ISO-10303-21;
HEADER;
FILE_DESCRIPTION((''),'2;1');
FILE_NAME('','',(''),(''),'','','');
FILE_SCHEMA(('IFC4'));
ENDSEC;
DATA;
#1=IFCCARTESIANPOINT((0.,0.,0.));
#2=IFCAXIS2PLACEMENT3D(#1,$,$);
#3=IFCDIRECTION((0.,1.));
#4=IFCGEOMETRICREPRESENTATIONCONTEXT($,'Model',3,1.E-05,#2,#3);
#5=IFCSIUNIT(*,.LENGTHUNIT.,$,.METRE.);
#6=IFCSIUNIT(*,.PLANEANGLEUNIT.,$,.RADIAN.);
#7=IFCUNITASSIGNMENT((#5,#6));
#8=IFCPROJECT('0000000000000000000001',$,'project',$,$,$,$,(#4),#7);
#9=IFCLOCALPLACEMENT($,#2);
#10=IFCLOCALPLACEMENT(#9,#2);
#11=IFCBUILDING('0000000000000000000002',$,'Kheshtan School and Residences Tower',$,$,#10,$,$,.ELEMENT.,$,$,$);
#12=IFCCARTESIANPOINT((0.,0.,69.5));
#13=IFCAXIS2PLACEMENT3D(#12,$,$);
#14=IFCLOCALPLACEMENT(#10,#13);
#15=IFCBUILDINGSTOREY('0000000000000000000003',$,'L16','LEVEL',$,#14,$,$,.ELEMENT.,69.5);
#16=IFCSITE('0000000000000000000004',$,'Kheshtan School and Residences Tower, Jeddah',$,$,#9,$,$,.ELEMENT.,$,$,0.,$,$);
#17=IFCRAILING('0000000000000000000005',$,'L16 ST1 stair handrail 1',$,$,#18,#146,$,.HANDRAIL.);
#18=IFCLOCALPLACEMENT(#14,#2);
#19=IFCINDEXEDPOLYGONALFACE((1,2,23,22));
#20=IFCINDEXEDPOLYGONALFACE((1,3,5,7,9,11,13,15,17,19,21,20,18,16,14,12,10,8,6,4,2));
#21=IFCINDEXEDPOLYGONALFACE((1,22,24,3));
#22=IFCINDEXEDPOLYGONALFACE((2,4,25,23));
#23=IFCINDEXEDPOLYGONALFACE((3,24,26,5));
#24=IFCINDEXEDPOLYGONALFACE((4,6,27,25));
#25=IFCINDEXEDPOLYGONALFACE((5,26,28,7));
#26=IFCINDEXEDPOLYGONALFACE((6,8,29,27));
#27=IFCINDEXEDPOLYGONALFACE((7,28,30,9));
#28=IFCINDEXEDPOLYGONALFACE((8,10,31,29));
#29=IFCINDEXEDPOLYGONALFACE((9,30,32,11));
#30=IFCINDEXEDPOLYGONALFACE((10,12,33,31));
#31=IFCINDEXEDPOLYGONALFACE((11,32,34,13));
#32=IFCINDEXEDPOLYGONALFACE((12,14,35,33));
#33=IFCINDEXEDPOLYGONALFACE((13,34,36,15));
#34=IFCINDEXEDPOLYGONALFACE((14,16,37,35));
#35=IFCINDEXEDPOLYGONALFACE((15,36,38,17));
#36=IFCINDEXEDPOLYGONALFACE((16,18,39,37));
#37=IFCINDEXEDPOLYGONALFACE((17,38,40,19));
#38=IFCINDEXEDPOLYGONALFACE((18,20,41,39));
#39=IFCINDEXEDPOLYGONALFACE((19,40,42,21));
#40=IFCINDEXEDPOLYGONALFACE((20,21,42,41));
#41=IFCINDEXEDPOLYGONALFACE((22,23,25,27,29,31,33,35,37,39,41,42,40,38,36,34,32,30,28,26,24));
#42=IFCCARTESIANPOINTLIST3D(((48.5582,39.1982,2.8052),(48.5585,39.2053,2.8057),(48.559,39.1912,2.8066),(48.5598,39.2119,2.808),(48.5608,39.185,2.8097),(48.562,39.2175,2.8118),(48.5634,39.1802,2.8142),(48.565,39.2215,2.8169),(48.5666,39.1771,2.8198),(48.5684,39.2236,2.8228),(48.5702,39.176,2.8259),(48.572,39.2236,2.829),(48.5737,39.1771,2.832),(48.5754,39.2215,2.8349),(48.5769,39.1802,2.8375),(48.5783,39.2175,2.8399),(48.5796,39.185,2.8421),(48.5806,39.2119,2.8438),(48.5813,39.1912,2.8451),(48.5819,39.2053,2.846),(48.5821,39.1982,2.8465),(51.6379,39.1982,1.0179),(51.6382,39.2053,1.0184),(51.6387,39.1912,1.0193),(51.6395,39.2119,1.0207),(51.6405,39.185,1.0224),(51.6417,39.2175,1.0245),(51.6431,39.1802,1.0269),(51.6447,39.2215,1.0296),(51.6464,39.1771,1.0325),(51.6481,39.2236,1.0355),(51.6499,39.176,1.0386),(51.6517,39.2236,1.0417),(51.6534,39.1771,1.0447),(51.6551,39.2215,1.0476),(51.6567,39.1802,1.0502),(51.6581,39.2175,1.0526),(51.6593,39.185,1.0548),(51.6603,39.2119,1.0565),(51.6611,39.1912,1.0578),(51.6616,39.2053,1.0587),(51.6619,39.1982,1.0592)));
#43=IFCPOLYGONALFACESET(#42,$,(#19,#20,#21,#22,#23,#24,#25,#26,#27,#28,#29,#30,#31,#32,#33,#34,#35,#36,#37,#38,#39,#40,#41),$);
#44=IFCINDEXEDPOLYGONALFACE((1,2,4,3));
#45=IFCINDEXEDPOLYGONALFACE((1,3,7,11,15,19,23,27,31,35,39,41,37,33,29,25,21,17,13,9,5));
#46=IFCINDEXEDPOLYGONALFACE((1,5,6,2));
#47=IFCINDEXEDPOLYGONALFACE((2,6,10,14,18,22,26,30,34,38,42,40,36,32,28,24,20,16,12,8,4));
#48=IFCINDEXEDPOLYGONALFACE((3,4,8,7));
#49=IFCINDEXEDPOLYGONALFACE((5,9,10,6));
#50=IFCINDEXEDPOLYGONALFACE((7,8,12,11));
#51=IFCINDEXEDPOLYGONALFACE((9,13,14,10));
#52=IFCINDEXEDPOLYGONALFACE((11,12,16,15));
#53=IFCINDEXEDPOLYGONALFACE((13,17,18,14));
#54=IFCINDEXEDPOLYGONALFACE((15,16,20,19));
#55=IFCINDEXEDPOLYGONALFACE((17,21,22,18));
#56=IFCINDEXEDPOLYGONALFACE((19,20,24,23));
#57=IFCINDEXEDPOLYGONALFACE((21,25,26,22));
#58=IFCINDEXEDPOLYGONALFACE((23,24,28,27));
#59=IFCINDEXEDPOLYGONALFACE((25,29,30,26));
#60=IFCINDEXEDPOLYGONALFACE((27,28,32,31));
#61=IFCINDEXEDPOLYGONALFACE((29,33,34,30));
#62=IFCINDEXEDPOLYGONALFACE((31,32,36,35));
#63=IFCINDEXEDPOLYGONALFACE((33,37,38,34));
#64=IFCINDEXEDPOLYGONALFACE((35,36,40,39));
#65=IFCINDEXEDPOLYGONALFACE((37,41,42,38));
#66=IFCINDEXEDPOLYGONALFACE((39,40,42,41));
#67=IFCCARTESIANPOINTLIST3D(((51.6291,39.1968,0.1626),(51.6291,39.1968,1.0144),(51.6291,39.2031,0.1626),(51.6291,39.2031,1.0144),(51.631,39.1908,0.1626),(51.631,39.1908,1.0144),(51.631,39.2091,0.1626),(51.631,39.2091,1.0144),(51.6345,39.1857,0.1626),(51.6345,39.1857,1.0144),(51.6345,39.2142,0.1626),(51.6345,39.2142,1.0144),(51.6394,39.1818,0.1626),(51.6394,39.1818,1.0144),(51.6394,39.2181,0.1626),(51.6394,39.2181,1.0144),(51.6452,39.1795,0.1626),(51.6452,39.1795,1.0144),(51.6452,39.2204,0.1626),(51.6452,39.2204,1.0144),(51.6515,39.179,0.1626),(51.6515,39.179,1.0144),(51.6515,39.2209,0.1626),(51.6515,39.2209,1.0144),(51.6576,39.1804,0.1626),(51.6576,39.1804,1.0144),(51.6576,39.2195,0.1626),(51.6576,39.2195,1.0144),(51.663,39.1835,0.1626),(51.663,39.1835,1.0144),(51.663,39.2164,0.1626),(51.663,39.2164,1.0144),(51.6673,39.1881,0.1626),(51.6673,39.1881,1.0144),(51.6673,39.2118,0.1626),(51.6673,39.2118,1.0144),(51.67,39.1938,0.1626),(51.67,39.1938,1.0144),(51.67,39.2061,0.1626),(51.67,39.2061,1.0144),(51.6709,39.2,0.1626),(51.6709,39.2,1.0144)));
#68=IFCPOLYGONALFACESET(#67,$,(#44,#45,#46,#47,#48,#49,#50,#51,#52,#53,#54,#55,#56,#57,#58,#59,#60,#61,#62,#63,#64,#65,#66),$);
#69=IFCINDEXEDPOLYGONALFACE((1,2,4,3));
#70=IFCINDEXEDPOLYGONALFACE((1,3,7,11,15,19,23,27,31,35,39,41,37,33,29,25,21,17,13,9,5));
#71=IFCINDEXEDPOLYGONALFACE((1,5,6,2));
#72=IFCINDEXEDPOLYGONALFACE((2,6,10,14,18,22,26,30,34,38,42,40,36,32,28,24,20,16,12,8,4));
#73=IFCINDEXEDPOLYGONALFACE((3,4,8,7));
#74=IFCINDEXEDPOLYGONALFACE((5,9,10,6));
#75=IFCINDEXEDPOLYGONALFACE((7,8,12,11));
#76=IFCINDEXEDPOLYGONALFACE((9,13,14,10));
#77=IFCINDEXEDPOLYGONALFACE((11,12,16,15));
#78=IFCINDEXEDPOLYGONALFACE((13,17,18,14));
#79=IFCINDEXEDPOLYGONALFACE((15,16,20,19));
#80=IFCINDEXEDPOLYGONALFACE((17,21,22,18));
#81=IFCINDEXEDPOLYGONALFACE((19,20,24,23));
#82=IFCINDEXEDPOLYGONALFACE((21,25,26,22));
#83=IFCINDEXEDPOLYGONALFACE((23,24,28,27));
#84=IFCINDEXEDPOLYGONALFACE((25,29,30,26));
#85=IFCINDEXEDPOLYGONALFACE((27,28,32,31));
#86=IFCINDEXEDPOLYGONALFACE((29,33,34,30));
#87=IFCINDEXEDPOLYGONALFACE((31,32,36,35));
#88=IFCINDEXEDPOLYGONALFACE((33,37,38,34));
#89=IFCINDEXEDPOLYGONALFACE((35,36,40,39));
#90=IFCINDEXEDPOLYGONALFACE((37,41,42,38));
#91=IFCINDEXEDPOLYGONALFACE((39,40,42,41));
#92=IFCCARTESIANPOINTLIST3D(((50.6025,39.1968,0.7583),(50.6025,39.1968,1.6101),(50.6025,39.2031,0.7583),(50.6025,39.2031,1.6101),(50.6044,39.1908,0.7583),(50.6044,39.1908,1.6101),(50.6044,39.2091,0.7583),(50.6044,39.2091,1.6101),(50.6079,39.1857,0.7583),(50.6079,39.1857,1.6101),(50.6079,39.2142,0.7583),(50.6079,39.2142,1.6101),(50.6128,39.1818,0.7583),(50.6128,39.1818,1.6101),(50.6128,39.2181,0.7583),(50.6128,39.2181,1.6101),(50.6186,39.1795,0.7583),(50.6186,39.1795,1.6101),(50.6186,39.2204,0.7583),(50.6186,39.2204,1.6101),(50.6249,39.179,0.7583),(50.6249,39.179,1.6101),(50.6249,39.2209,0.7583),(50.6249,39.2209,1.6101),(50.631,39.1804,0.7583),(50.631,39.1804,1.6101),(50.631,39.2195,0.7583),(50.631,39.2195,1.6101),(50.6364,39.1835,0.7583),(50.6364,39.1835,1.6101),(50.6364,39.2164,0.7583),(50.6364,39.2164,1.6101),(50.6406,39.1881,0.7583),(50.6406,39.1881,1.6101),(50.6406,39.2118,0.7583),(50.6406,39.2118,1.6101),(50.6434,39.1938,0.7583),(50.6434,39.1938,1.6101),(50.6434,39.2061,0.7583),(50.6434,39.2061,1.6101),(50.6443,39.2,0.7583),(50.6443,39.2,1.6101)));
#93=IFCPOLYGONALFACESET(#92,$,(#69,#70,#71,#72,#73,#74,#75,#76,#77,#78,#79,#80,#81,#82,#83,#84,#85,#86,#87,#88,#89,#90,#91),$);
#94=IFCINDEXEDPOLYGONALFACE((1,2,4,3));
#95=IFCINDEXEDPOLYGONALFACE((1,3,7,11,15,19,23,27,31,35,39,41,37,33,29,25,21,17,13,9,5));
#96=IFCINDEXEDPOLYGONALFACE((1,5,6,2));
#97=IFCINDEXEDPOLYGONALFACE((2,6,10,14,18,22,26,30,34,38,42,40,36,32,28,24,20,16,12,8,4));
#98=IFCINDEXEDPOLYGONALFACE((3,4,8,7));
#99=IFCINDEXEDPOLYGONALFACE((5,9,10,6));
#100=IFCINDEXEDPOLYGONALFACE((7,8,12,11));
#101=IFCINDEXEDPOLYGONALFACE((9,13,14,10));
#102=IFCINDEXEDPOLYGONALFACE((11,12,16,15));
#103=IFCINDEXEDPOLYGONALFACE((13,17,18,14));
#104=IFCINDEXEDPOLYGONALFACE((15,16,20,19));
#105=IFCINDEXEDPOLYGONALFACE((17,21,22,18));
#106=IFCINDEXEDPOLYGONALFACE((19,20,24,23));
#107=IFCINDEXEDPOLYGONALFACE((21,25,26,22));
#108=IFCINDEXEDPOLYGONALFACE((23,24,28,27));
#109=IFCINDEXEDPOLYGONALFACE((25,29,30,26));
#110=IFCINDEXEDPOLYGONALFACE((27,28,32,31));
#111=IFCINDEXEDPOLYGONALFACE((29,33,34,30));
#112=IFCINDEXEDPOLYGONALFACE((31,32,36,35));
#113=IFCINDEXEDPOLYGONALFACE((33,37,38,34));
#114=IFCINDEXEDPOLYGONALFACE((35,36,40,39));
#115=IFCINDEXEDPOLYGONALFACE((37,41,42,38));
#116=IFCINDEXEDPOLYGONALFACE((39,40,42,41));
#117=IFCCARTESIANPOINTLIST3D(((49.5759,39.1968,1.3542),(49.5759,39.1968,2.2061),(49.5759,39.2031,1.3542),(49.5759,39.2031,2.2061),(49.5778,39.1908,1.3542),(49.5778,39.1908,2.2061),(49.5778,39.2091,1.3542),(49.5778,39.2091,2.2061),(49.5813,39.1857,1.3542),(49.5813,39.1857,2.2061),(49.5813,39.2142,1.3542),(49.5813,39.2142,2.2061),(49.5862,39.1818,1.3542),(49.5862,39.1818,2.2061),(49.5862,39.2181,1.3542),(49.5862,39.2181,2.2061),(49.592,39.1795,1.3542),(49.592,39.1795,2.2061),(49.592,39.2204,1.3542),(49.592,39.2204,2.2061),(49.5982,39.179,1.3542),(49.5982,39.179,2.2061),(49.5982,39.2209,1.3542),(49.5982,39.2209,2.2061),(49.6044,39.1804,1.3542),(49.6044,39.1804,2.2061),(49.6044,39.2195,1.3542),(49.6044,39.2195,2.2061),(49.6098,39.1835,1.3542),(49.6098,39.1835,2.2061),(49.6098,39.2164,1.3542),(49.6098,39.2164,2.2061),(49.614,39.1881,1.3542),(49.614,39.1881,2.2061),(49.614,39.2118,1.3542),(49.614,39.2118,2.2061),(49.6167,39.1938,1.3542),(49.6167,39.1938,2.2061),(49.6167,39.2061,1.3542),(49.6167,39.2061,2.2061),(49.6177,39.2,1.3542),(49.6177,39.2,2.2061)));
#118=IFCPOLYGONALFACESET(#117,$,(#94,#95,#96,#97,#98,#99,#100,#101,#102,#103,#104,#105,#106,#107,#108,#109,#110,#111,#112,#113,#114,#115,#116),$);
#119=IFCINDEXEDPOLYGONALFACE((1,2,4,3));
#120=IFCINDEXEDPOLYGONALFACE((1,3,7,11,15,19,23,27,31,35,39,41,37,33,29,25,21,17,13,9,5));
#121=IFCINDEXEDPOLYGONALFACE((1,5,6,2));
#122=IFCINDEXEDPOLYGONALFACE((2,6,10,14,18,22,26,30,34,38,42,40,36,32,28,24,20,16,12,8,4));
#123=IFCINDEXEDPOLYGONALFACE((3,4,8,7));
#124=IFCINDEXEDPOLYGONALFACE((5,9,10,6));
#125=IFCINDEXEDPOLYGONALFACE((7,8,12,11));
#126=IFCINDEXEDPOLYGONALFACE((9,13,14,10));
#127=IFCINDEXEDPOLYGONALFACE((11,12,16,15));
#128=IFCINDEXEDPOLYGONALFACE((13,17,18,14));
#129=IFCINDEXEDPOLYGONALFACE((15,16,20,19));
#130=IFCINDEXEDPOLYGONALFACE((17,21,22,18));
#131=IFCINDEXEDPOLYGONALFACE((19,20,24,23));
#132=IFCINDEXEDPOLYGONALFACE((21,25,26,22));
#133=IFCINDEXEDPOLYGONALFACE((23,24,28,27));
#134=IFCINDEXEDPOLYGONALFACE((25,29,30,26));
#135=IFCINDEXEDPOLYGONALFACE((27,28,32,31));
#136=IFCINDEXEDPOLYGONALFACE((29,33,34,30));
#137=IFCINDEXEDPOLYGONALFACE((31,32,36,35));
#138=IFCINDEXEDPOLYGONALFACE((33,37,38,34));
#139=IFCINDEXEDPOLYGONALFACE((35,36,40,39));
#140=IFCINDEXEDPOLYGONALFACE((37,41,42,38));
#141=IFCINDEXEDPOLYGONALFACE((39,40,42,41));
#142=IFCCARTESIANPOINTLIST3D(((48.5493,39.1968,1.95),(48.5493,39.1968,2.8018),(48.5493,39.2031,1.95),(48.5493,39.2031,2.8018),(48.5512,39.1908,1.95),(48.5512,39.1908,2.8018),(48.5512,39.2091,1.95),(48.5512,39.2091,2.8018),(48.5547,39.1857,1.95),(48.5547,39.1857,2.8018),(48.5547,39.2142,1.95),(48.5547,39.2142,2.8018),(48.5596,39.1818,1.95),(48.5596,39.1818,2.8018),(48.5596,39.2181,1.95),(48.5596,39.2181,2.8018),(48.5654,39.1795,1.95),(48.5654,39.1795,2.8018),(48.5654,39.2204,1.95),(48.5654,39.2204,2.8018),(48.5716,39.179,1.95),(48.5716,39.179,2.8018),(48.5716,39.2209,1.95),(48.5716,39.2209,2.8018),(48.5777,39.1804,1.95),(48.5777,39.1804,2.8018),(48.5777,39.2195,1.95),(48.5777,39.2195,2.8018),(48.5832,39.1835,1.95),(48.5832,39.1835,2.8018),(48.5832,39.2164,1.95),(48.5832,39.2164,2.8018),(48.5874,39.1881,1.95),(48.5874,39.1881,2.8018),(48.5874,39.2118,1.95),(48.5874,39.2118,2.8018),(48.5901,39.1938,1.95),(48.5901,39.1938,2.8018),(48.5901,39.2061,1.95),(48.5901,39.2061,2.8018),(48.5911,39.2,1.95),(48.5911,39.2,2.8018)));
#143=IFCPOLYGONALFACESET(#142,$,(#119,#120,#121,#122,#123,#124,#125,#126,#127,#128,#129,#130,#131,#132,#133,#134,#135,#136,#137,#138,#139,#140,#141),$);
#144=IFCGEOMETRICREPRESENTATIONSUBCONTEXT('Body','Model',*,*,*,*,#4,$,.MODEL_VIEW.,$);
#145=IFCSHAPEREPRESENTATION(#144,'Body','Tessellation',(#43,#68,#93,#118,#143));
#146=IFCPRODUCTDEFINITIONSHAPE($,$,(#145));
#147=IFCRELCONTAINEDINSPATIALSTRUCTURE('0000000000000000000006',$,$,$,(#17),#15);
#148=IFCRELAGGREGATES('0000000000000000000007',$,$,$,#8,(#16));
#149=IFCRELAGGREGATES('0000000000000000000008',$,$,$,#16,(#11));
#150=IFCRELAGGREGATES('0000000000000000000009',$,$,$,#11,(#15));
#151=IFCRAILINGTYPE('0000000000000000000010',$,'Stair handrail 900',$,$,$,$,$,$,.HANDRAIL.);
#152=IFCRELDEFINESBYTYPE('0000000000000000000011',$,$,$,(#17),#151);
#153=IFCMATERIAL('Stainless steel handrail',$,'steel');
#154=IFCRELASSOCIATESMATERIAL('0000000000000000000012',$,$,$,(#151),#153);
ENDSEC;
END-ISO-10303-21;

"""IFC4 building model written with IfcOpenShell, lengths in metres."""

from ifc_helpers import new_model, si_unit, direction, frame, origin, origin_2d, place, context, subcontext, project, spatial, circle, extrude, material, type_object, element, save


model = new_model("IFC4")

# Units and contexts
model_context = context("Model", 3, precision=1e-05, world=origin(), true_north=direction((0.0, 1.0)))
body_context = subcontext(model_context, "Body", "Model", "MODEL_VIEW")
ifc_project = project(units=[si_unit("LENGTHUNIT", "METRE"), si_unit("PLANEANGLEUNIT", "RADIAN")], contexts=[model_context])

# Site, building, storey
site_placement = place(None, origin())
site = spatial("IfcSite", under=ifc_project, at=site_placement, Name="Kheshtan School and Residences Tower, Jeddah", CompositionType="ELEMENT", RefElevation=0.0)
building_placement = place(site_placement, origin())
building = spatial("IfcBuilding", under=site, at=building_placement, Name="Kheshtan School and Residences Tower", CompositionType="ELEMENT")
storey_placement = place(building_placement, frame((0.0, 0.0, 69.5)))
storey = spatial("IfcBuildingStorey", under=building, at=storey_placement, Name="L16", Description="LEVEL", CompositionType="ELEMENT", Elevation=69.5)

# Railing
ifc_material_1 = material(Name="Stainless steel handrail", Category="steel")
railing_type_1 = type_object("IfcRailingType", Name="Stair handrail 900", PredefinedType="HANDRAIL", material=ifc_material_1)
railing_1_placement = place(storey_placement, frame((51.6499, 39.2, 0.1626)))
element("IfcRailing", 1, at=railing_1_placement, inside=storey, type_object=railing_type_1, Name="L16 ST1 stair handrail 1", PredefinedType="HANDRAIL", context=body_context, shape_type="SweptSolid", body=[
    extrude(circle(Radius=0.0239, at=origin_2d()), frame((0.0, 0.0, 0.876), z_axis=(-0.864903, 0.0, 0.501939), x_axis=(0.0, -1.0, 0.0)), (0.0, 0.0, 1.0), 3.5608),
    extrude(circle(Radius=0.021, at=origin_2d()), origin(), (0.0, 0.0, 1.0), 0.8518),
    extrude(circle(Radius=0.021, at=origin_2d()), frame((-1.0266, 0.0, 0.5957)), (0.0, 0.0, 1.0), 0.8518),
    extrude(circle(Radius=0.021, at=origin_2d()), frame((-2.0532, 0.0, 1.1917)), (0.0, 0.0, 1.0), 0.8518),
    extrude(circle(Radius=0.021, at=origin_2d()), frame((-3.0798, 0.0, 1.7874)), (0.0, 0.0, 1.0), 0.8518),
])

save(model, "model.ifc")
